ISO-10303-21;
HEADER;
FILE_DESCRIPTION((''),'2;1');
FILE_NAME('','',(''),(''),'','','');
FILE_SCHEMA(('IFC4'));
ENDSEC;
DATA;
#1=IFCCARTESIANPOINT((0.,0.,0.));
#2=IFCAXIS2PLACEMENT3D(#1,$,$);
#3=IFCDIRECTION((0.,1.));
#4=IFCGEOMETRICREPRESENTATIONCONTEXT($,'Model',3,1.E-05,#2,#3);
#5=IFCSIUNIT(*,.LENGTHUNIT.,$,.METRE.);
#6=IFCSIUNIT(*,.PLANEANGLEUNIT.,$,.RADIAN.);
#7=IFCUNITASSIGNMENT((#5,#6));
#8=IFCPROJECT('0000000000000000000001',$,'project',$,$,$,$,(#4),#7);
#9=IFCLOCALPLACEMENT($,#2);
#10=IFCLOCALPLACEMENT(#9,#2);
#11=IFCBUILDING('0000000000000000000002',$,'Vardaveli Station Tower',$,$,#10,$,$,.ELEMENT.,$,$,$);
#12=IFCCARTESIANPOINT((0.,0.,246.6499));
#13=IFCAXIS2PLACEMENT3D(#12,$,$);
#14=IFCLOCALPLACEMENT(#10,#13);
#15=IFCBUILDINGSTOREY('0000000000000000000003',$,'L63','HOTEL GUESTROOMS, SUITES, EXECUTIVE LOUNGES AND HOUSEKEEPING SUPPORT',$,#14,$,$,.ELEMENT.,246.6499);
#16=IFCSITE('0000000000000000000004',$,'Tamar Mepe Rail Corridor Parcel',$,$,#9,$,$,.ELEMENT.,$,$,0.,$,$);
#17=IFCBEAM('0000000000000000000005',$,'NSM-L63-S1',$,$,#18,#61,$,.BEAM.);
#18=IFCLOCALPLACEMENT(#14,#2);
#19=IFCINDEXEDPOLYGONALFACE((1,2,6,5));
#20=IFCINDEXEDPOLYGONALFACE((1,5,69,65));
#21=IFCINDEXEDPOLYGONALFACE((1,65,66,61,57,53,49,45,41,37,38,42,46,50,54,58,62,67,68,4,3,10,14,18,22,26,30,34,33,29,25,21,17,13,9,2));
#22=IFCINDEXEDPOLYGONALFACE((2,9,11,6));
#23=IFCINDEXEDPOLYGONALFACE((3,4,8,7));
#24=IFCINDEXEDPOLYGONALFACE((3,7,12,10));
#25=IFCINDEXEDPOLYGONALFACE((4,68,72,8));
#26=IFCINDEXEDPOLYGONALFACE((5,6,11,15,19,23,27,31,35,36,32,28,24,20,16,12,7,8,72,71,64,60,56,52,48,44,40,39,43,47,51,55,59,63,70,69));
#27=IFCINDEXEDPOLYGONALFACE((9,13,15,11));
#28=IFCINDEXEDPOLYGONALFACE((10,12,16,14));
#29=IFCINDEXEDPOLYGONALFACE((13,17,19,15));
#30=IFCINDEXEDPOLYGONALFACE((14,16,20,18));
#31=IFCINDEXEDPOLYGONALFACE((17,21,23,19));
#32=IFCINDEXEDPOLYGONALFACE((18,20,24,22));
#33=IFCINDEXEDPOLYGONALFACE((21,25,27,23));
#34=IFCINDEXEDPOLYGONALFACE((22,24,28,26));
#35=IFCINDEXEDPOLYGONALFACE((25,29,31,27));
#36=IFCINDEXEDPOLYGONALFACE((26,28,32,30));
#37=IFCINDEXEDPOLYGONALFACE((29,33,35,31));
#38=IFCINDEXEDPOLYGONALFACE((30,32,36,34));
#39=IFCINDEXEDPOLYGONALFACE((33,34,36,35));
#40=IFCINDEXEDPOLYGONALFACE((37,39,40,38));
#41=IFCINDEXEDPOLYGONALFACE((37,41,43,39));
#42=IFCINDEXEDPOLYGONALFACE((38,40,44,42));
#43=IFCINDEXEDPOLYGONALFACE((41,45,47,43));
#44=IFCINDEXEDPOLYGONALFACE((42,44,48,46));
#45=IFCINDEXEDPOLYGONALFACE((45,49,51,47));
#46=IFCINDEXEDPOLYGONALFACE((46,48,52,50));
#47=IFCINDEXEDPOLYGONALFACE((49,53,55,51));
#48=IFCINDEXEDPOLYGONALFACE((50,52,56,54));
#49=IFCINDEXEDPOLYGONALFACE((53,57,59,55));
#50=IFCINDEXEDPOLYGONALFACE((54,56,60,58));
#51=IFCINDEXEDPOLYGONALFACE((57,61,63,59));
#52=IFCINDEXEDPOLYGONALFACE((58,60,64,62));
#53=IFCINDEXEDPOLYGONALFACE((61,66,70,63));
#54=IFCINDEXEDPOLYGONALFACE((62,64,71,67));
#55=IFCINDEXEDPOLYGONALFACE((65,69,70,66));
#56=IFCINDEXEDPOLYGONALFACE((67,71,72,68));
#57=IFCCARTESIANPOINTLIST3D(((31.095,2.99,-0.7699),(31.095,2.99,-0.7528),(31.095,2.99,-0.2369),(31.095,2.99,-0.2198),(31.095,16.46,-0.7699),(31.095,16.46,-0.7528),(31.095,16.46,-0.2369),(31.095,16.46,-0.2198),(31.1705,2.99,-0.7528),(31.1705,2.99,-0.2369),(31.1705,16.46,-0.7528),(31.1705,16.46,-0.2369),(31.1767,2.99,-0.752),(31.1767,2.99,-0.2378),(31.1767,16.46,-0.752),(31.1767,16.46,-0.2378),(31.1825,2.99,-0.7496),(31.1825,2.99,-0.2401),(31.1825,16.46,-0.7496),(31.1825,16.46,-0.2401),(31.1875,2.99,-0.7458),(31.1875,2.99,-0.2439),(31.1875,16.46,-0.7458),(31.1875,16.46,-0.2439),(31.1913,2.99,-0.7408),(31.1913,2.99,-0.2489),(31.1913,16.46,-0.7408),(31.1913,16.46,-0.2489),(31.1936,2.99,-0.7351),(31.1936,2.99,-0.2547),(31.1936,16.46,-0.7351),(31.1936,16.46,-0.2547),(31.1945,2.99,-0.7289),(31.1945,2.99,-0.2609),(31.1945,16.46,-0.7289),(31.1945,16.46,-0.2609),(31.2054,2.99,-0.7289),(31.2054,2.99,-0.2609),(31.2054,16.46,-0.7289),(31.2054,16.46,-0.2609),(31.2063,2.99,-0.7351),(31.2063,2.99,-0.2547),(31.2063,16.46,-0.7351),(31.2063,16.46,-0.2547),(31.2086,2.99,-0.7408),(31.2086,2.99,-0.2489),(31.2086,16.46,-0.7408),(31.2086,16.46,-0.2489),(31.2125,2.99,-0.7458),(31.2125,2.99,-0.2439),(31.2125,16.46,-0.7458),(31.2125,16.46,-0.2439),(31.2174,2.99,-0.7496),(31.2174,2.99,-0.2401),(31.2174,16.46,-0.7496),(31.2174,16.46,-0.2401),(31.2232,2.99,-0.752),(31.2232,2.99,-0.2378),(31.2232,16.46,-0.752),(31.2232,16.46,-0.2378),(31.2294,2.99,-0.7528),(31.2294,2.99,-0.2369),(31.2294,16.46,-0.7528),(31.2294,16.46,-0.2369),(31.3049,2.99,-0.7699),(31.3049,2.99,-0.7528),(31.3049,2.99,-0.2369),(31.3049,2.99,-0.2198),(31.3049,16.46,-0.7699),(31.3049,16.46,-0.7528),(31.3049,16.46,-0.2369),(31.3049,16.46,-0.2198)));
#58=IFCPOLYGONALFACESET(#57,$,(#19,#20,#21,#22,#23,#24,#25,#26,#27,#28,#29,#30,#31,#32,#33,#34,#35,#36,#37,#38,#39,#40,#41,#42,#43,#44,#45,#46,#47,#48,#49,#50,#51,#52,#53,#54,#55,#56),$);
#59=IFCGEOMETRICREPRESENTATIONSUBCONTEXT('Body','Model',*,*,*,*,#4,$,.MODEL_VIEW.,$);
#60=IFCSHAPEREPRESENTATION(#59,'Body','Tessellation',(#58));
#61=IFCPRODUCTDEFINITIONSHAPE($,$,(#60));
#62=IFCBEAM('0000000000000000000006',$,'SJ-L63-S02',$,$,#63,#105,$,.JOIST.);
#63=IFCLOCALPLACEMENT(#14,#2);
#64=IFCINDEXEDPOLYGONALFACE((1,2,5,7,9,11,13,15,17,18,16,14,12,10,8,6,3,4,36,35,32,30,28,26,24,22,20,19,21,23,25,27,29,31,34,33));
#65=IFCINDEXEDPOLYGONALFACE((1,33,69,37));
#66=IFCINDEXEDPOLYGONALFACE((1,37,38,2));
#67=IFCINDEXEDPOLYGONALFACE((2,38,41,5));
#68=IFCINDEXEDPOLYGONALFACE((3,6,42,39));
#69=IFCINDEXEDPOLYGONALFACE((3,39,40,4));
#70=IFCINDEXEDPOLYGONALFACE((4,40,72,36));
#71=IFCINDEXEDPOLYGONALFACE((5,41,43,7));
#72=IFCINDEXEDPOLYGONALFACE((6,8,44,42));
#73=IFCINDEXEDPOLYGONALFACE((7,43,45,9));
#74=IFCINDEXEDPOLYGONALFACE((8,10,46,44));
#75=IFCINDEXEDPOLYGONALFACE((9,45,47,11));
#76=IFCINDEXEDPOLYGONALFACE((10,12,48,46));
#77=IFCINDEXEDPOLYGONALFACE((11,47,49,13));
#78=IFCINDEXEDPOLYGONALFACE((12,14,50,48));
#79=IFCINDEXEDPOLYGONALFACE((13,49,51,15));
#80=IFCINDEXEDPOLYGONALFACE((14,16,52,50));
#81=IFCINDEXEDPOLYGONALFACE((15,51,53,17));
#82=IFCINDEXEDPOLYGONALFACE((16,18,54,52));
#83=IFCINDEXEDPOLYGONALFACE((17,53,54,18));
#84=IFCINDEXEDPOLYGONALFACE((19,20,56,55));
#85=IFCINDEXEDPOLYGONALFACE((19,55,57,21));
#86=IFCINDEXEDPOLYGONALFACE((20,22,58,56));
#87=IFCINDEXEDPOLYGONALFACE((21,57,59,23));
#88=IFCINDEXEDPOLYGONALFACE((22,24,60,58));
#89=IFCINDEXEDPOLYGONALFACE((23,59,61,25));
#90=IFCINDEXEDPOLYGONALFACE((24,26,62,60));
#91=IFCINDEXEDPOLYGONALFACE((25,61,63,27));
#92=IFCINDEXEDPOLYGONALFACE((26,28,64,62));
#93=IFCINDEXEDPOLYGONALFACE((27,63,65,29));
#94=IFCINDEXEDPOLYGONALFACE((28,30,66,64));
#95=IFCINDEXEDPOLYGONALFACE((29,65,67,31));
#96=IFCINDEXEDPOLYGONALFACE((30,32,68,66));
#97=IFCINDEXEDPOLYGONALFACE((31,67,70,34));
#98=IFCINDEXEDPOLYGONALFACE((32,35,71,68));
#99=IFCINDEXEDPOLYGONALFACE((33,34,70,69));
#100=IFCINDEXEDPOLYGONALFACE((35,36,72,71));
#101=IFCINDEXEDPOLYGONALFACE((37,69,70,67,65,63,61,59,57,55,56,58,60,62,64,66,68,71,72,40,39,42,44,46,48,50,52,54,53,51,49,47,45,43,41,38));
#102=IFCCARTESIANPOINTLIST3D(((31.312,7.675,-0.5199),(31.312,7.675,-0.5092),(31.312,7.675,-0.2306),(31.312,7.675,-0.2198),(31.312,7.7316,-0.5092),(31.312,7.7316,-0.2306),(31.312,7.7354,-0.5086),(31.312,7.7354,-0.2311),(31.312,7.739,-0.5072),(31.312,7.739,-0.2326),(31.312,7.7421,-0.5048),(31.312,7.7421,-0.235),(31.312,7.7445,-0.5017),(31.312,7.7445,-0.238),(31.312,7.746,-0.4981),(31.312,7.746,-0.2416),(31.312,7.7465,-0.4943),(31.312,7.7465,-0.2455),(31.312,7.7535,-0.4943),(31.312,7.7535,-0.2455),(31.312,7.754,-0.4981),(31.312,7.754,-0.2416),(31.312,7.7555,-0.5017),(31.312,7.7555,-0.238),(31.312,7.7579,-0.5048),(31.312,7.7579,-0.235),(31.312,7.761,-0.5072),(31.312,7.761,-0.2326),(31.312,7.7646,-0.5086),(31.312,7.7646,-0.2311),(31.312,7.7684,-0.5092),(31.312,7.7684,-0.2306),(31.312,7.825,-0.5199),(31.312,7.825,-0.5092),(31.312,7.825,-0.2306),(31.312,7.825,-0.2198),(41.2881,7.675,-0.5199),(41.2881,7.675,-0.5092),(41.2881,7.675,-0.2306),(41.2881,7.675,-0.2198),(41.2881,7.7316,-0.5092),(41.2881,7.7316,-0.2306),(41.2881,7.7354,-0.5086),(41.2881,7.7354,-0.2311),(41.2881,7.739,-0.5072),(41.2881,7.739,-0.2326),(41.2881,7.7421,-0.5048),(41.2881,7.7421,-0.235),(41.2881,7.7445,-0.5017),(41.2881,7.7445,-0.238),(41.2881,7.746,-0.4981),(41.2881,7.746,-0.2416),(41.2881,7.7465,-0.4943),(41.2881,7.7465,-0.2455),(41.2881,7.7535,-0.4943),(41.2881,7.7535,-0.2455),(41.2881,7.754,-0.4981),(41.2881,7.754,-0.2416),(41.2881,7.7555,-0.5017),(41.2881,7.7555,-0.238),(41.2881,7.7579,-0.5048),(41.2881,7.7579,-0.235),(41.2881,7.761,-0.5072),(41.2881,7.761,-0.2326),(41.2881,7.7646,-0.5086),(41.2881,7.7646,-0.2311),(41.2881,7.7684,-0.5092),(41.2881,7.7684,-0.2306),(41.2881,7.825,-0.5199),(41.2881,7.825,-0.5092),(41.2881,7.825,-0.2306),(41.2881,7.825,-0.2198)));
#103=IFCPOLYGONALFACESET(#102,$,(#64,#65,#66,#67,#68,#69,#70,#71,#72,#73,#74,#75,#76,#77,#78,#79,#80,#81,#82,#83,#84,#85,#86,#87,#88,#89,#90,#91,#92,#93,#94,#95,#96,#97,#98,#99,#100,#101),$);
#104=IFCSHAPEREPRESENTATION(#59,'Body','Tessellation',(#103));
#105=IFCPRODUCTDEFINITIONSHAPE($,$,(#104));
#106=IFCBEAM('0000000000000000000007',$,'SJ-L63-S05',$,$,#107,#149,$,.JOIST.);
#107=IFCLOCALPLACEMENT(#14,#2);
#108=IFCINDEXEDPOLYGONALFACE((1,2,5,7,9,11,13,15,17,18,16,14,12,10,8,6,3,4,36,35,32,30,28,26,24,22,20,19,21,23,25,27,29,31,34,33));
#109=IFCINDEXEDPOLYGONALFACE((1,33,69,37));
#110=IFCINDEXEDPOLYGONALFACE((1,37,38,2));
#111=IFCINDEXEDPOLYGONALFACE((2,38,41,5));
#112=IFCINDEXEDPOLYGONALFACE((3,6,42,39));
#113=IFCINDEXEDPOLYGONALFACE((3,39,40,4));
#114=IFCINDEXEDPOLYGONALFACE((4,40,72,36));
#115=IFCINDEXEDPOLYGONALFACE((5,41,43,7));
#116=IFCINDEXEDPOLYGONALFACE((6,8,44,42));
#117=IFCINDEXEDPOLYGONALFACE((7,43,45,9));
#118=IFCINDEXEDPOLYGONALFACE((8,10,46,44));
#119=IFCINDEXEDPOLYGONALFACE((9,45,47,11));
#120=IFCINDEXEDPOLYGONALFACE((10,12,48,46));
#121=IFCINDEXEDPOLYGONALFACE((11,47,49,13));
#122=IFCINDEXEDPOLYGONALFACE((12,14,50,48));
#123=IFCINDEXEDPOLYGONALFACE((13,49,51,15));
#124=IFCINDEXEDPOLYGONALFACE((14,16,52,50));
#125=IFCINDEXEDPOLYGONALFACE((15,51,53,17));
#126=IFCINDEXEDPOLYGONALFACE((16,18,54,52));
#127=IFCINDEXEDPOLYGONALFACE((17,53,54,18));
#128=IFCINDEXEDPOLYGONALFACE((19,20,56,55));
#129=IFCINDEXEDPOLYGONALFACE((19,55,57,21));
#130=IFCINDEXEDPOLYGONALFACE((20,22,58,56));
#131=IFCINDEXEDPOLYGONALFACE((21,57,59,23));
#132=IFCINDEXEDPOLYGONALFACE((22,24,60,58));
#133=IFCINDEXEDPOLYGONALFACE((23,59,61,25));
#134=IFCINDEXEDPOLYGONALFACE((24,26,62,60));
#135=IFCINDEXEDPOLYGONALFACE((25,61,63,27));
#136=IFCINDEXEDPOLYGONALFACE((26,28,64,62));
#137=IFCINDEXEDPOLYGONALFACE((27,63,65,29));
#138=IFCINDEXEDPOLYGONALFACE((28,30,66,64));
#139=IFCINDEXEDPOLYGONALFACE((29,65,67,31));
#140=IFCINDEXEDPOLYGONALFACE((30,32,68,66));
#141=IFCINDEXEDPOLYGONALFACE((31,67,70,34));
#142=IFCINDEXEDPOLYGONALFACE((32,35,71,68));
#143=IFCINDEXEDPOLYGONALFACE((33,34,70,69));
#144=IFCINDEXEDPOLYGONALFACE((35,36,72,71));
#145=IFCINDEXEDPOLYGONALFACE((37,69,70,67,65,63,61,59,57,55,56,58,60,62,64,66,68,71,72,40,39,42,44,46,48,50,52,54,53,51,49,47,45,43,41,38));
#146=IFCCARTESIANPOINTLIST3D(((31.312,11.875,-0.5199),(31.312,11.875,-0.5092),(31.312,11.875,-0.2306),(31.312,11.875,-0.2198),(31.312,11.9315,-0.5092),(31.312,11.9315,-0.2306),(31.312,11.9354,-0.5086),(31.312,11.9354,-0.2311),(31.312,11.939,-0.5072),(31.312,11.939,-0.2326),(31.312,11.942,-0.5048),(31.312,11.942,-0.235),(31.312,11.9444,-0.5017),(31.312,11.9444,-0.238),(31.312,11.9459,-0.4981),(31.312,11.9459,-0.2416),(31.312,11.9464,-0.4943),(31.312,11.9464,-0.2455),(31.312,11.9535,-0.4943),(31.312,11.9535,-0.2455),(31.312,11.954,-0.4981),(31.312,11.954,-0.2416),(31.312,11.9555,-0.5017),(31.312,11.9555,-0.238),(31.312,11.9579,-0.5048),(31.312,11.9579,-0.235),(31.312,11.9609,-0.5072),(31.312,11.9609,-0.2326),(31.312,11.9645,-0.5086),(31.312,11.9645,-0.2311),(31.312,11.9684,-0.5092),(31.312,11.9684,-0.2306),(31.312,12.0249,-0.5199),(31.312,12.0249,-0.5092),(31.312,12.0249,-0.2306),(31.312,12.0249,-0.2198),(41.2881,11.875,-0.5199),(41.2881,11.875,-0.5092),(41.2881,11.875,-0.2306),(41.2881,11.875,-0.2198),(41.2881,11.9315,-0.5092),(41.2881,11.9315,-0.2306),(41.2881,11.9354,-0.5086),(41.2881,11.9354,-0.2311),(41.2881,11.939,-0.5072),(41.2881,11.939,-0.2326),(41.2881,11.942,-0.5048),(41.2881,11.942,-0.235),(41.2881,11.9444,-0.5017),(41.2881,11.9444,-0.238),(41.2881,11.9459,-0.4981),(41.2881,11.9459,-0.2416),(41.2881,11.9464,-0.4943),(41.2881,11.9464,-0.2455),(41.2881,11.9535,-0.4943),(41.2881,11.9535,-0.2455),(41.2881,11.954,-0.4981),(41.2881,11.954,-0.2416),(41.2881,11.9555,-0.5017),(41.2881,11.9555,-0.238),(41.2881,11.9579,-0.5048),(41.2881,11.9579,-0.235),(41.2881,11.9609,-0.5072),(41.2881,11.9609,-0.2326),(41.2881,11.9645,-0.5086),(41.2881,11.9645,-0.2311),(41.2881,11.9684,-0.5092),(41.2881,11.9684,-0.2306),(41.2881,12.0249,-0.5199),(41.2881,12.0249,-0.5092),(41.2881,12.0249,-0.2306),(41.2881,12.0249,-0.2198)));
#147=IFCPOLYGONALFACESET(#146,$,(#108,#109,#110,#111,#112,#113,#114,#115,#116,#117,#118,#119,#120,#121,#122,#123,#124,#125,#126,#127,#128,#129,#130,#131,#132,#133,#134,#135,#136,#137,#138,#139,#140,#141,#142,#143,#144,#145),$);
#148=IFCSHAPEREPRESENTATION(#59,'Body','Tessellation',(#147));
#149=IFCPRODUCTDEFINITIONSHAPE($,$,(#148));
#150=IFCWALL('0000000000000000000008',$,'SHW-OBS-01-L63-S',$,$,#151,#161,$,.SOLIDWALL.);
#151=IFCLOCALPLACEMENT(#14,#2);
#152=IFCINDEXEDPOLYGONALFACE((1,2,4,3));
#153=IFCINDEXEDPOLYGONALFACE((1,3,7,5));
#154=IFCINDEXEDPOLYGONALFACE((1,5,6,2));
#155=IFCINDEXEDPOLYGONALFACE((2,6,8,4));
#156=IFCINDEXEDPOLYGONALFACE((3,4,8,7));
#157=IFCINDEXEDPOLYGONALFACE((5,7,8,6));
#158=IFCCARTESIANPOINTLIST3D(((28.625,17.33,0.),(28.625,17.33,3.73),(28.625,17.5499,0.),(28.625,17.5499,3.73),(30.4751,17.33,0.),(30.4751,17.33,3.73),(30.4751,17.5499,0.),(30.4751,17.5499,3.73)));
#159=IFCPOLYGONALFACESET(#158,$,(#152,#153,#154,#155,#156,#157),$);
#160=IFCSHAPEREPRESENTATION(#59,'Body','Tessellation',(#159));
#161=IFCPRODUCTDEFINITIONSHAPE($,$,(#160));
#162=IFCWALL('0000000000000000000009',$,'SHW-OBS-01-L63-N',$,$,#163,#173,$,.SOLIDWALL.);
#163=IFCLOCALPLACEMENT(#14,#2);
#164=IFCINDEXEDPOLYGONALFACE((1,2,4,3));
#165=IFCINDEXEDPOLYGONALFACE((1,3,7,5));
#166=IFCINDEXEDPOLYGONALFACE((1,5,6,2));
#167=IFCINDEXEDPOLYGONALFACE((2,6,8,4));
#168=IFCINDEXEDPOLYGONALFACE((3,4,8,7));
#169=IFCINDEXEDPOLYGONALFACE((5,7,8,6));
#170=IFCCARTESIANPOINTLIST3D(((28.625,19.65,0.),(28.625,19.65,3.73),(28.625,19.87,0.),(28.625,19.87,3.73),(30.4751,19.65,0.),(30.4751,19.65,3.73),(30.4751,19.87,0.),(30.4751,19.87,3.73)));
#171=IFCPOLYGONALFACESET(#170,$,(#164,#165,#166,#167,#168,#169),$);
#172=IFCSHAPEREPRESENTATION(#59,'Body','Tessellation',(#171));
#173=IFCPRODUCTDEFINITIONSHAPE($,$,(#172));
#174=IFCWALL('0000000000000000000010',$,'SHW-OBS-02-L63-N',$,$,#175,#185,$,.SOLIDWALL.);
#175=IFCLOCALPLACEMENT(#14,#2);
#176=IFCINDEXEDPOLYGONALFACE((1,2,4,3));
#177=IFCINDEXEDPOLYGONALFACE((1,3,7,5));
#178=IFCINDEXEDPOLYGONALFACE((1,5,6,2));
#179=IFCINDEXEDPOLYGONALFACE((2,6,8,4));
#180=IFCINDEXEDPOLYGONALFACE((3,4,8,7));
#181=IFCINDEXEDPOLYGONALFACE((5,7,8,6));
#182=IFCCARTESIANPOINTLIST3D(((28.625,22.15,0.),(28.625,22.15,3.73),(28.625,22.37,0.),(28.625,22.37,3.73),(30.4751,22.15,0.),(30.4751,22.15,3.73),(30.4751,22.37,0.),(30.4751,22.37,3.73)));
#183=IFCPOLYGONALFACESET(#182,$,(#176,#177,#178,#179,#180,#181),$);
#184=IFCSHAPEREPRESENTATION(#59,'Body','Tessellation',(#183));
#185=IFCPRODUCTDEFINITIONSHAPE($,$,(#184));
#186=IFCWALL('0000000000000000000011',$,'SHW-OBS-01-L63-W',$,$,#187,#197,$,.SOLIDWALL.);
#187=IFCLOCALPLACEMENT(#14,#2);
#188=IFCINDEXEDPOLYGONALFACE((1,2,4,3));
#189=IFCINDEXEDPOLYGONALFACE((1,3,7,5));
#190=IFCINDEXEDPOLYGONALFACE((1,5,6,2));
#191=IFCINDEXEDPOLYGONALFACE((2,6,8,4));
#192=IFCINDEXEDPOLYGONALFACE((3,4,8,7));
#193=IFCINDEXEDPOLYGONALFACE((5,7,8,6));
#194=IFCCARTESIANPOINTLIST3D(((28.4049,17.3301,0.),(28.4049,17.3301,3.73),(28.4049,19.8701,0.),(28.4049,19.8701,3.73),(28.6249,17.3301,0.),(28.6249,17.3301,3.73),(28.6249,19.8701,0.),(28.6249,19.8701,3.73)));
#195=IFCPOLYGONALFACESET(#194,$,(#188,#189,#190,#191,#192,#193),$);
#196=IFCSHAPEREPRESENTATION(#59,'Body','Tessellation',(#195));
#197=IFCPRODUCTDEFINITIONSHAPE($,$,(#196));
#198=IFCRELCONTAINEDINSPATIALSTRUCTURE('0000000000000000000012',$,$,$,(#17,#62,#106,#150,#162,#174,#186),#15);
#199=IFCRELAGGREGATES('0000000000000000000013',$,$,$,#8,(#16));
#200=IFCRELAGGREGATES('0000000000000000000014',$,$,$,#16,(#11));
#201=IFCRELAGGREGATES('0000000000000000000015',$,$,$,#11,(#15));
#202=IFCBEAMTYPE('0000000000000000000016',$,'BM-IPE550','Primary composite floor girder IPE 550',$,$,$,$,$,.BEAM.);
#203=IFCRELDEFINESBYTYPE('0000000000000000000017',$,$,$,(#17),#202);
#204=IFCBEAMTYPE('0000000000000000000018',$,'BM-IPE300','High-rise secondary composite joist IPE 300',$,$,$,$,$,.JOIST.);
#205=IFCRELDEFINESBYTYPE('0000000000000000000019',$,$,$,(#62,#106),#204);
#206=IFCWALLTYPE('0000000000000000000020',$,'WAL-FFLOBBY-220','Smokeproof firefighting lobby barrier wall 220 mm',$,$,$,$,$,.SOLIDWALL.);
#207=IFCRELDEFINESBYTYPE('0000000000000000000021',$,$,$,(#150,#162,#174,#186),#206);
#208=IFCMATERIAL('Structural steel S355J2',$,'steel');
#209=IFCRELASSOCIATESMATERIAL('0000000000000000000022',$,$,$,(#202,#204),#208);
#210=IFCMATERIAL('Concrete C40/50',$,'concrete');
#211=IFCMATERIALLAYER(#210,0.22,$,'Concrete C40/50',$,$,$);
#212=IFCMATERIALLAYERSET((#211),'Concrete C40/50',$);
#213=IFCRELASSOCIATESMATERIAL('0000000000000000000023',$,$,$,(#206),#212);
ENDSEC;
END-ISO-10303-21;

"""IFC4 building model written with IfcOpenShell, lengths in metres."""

from ifc_helpers import new_model, si_unit, direction, frame, frame_2d, origin, origin_2d, place, context, subcontext, project, spatial, rectangle, i_section, extrude, source, transform, mapped, material, layer, layer_set, material_profile, profile_set, type_object, element, save


model = new_model("IFC4")

# Units and contexts
model_context = context("Model", 3, precision=1e-05, world=origin(), true_north=direction((0.0, 1.0)))
body_context = subcontext(model_context, "Body", "Model", "MODEL_VIEW")
ifc_project = project(units=[si_unit("LENGTHUNIT", "METRE"), si_unit("PLANEANGLEUNIT", "RADIAN")], contexts=[model_context])

# Site, building, storey
site_placement = place(None, origin())
site = spatial("IfcSite", under=ifc_project, at=site_placement, Name="Tamar Mepe Rail Corridor Parcel", CompositionType="ELEMENT", RefElevation=0.0)
building_placement = place(site_placement, origin())
building = spatial("IfcBuilding", under=site, at=building_placement, Name="Vardaveli Station Tower", CompositionType="ELEMENT")
storey_placement = place(building_placement, frame((0.0, 0.0, 246.6499)))
storey = spatial("IfcBuildingStorey", under=building, at=storey_placement, Name="L63", Description="HOTEL GUESTROOMS, SUITES, EXECUTIVE LOUNGES AND HOUSEKEEPING SUPPORT", CompositionType="ELEMENT", Elevation=246.6499)

# Beams
ifc_material_1 = material(Name="Structural steel S355J2", Category="steel")
ifc_material_profile_1 = material_profile(ifc_material_1, i_section(OverallWidth=0.21, OverallDepth=0.55, WebThickness=0.011, FlangeThickness=0.0171, FilletRadius=0.0239, at=origin_2d()), Name="IPE 550")
ifc_profile_set_1 = profile_set([ifc_material_profile_1], Name="Structural steel S355J2")
beam_type_1 = type_object("IfcBeamType", Name="BM-IPE550", Description="Primary composite floor girder IPE 550", PredefinedType="BEAM", material=ifc_profile_set_1)
shared_shape_1 = source(origin(), body_context, "Body", "SweptSolid", [
    extrude(i_section(OverallWidth=0.21, OverallDepth=0.55, WebThickness=0.011, FlangeThickness=0.0171, FilletRadius=0.0239, at=origin_2d()), origin(), (0.0, 0.0, 1.0), 13.47),
])
beam_1_placement = place(storey_placement, frame((31.2, 2.99, -0.4949), z_axis=(0.0, 1.0, 0.0), x_axis=(-1.0, 0.0, 0.0)))
element("IfcBeam", 1, at=beam_1_placement, inside=storey, type_object=beam_type_1, Name="NSM-L63-S1", PredefinedType="BEAM", context=body_context, shape_type="MappedRepresentation", body=[
    mapped(shared_shape_1, transform((0.0, 0.0, 0.0), scale=1.0)),
])
ifc_material_profile_2 = material_profile(ifc_material_1, i_section(OverallWidth=0.1499, OverallDepth=0.3, WebThickness=0.0071, FlangeThickness=0.0107, FilletRadius=0.0149, at=origin_2d()), Name="IPE 300")
ifc_profile_set_2 = profile_set([ifc_material_profile_2], Name="Structural steel S355J2")
beam_type_2 = type_object("IfcBeamType", Name="BM-IPE300", Description="High-rise secondary composite joist IPE 300", PredefinedType="JOIST", material=ifc_profile_set_2)
shared_shape_2 = source(origin(), body_context, "Body", "SweptSolid", [
    extrude(i_section(OverallWidth=0.1499, OverallDepth=0.3, WebThickness=0.0071, FlangeThickness=0.0107, FilletRadius=0.0149, at=origin_2d()), origin(), (0.0, 0.0, 1.0), 9.9761),
])
for number, where, z_axis, x_axis, name in (
    (2, (31.312, 7.75, -0.3699), (1.0, 0.0, 0.0), (0.0, 1.0, 0.0), "SJ-L63-S02"),
    (3, (31.312, 11.95, -0.3699), (1.0, 0.0, 0.0), (0.0, 1.0, 0.0), "SJ-L63-S05"),
):
    element("IfcBeam", number, at=place(storey_placement, frame(where, z_axis=z_axis, x_axis=x_axis)), inside=storey, type_object=beam_type_2, Name=name, PredefinedType="JOIST", context=body_context, shape_type="MappedRepresentation", body=[
        mapped(shared_shape_2, transform((0.0, 0.0, 0.0), scale=1.0)),
    ])

# Walls
ifc_material_2 = material(Name="Concrete C40/50", Category="concrete")
ifc_layer_1 = layer(ifc_material_2, 0.22, Name="Concrete C40/50")
ifc_layer_set_1 = layer_set([ifc_layer_1], Name="Concrete C40/50")
wall_type_1 = type_object("IfcWallType", Name="WAL-FFLOBBY-220", Description="Smokeproof firefighting lobby barrier wall 220 mm", PredefinedType="SOLIDWALL", material=ifc_layer_set_1)
shared_shape_3 = source(origin(), body_context, "Body", "SweptSolid", [
    extrude(rectangle(XDim=1.8501, YDim=0.22, at=frame_2d((0.925, 0.0))), origin(), (0.0, 0.0, 1.0), 3.73),
])
for number, where, z_axis, x_axis, name in (
    (4, (28.625, 17.4399, 0.0), (0.0, 0.0, 1.0), (1.0, 0.0, 0.0), "SHW-OBS-01-L63-S"),
    (5, (28.625, 19.76, 0.0), (0.0, 0.0, 1.0), (1.0, 0.0, 0.0), "SHW-OBS-01-L63-N"),
    (6, (28.625, 22.26, 0.0), (0.0, 0.0, 1.0), (1.0, 0.0, 0.0), "SHW-OBS-02-L63-N"),
):
    element("IfcWall", number, at=place(storey_placement, frame(where, z_axis=z_axis, x_axis=x_axis)), inside=storey, type_object=wall_type_1, Name=name, PredefinedType="SOLIDWALL", context=body_context, shape_type="MappedRepresentation", body=[
        mapped(shared_shape_3, transform((0.0, 0.0, 0.0), scale=1.0)),
    ])
shared_shape_4 = source(origin(), body_context, "Body", "SweptSolid", [
    extrude(rectangle(XDim=2.54, YDim=0.22, at=frame_2d((1.27, 0.0))), origin(), (0.0, 0.0, 1.0), 3.73),
])
for number, where, z_axis, x_axis, name in (
    (7, (28.5149, 17.3301, 0.0), (0.0, 0.0, 1.0), (0.0, 1.0, 0.0), "SHW-OBS-01-L63-W"),
):
    element("IfcWall", number, at=place(storey_placement, frame(where, z_axis=z_axis, x_axis=x_axis)), inside=storey, type_object=wall_type_1, Name=name, PredefinedType="SOLIDWALL", context=body_context, shape_type="MappedRepresentation", body=[
        mapped(shared_shape_4, transform((0.0, 0.0, 0.0), scale=1.0)),
    ])

save(model, "model.ifc")
